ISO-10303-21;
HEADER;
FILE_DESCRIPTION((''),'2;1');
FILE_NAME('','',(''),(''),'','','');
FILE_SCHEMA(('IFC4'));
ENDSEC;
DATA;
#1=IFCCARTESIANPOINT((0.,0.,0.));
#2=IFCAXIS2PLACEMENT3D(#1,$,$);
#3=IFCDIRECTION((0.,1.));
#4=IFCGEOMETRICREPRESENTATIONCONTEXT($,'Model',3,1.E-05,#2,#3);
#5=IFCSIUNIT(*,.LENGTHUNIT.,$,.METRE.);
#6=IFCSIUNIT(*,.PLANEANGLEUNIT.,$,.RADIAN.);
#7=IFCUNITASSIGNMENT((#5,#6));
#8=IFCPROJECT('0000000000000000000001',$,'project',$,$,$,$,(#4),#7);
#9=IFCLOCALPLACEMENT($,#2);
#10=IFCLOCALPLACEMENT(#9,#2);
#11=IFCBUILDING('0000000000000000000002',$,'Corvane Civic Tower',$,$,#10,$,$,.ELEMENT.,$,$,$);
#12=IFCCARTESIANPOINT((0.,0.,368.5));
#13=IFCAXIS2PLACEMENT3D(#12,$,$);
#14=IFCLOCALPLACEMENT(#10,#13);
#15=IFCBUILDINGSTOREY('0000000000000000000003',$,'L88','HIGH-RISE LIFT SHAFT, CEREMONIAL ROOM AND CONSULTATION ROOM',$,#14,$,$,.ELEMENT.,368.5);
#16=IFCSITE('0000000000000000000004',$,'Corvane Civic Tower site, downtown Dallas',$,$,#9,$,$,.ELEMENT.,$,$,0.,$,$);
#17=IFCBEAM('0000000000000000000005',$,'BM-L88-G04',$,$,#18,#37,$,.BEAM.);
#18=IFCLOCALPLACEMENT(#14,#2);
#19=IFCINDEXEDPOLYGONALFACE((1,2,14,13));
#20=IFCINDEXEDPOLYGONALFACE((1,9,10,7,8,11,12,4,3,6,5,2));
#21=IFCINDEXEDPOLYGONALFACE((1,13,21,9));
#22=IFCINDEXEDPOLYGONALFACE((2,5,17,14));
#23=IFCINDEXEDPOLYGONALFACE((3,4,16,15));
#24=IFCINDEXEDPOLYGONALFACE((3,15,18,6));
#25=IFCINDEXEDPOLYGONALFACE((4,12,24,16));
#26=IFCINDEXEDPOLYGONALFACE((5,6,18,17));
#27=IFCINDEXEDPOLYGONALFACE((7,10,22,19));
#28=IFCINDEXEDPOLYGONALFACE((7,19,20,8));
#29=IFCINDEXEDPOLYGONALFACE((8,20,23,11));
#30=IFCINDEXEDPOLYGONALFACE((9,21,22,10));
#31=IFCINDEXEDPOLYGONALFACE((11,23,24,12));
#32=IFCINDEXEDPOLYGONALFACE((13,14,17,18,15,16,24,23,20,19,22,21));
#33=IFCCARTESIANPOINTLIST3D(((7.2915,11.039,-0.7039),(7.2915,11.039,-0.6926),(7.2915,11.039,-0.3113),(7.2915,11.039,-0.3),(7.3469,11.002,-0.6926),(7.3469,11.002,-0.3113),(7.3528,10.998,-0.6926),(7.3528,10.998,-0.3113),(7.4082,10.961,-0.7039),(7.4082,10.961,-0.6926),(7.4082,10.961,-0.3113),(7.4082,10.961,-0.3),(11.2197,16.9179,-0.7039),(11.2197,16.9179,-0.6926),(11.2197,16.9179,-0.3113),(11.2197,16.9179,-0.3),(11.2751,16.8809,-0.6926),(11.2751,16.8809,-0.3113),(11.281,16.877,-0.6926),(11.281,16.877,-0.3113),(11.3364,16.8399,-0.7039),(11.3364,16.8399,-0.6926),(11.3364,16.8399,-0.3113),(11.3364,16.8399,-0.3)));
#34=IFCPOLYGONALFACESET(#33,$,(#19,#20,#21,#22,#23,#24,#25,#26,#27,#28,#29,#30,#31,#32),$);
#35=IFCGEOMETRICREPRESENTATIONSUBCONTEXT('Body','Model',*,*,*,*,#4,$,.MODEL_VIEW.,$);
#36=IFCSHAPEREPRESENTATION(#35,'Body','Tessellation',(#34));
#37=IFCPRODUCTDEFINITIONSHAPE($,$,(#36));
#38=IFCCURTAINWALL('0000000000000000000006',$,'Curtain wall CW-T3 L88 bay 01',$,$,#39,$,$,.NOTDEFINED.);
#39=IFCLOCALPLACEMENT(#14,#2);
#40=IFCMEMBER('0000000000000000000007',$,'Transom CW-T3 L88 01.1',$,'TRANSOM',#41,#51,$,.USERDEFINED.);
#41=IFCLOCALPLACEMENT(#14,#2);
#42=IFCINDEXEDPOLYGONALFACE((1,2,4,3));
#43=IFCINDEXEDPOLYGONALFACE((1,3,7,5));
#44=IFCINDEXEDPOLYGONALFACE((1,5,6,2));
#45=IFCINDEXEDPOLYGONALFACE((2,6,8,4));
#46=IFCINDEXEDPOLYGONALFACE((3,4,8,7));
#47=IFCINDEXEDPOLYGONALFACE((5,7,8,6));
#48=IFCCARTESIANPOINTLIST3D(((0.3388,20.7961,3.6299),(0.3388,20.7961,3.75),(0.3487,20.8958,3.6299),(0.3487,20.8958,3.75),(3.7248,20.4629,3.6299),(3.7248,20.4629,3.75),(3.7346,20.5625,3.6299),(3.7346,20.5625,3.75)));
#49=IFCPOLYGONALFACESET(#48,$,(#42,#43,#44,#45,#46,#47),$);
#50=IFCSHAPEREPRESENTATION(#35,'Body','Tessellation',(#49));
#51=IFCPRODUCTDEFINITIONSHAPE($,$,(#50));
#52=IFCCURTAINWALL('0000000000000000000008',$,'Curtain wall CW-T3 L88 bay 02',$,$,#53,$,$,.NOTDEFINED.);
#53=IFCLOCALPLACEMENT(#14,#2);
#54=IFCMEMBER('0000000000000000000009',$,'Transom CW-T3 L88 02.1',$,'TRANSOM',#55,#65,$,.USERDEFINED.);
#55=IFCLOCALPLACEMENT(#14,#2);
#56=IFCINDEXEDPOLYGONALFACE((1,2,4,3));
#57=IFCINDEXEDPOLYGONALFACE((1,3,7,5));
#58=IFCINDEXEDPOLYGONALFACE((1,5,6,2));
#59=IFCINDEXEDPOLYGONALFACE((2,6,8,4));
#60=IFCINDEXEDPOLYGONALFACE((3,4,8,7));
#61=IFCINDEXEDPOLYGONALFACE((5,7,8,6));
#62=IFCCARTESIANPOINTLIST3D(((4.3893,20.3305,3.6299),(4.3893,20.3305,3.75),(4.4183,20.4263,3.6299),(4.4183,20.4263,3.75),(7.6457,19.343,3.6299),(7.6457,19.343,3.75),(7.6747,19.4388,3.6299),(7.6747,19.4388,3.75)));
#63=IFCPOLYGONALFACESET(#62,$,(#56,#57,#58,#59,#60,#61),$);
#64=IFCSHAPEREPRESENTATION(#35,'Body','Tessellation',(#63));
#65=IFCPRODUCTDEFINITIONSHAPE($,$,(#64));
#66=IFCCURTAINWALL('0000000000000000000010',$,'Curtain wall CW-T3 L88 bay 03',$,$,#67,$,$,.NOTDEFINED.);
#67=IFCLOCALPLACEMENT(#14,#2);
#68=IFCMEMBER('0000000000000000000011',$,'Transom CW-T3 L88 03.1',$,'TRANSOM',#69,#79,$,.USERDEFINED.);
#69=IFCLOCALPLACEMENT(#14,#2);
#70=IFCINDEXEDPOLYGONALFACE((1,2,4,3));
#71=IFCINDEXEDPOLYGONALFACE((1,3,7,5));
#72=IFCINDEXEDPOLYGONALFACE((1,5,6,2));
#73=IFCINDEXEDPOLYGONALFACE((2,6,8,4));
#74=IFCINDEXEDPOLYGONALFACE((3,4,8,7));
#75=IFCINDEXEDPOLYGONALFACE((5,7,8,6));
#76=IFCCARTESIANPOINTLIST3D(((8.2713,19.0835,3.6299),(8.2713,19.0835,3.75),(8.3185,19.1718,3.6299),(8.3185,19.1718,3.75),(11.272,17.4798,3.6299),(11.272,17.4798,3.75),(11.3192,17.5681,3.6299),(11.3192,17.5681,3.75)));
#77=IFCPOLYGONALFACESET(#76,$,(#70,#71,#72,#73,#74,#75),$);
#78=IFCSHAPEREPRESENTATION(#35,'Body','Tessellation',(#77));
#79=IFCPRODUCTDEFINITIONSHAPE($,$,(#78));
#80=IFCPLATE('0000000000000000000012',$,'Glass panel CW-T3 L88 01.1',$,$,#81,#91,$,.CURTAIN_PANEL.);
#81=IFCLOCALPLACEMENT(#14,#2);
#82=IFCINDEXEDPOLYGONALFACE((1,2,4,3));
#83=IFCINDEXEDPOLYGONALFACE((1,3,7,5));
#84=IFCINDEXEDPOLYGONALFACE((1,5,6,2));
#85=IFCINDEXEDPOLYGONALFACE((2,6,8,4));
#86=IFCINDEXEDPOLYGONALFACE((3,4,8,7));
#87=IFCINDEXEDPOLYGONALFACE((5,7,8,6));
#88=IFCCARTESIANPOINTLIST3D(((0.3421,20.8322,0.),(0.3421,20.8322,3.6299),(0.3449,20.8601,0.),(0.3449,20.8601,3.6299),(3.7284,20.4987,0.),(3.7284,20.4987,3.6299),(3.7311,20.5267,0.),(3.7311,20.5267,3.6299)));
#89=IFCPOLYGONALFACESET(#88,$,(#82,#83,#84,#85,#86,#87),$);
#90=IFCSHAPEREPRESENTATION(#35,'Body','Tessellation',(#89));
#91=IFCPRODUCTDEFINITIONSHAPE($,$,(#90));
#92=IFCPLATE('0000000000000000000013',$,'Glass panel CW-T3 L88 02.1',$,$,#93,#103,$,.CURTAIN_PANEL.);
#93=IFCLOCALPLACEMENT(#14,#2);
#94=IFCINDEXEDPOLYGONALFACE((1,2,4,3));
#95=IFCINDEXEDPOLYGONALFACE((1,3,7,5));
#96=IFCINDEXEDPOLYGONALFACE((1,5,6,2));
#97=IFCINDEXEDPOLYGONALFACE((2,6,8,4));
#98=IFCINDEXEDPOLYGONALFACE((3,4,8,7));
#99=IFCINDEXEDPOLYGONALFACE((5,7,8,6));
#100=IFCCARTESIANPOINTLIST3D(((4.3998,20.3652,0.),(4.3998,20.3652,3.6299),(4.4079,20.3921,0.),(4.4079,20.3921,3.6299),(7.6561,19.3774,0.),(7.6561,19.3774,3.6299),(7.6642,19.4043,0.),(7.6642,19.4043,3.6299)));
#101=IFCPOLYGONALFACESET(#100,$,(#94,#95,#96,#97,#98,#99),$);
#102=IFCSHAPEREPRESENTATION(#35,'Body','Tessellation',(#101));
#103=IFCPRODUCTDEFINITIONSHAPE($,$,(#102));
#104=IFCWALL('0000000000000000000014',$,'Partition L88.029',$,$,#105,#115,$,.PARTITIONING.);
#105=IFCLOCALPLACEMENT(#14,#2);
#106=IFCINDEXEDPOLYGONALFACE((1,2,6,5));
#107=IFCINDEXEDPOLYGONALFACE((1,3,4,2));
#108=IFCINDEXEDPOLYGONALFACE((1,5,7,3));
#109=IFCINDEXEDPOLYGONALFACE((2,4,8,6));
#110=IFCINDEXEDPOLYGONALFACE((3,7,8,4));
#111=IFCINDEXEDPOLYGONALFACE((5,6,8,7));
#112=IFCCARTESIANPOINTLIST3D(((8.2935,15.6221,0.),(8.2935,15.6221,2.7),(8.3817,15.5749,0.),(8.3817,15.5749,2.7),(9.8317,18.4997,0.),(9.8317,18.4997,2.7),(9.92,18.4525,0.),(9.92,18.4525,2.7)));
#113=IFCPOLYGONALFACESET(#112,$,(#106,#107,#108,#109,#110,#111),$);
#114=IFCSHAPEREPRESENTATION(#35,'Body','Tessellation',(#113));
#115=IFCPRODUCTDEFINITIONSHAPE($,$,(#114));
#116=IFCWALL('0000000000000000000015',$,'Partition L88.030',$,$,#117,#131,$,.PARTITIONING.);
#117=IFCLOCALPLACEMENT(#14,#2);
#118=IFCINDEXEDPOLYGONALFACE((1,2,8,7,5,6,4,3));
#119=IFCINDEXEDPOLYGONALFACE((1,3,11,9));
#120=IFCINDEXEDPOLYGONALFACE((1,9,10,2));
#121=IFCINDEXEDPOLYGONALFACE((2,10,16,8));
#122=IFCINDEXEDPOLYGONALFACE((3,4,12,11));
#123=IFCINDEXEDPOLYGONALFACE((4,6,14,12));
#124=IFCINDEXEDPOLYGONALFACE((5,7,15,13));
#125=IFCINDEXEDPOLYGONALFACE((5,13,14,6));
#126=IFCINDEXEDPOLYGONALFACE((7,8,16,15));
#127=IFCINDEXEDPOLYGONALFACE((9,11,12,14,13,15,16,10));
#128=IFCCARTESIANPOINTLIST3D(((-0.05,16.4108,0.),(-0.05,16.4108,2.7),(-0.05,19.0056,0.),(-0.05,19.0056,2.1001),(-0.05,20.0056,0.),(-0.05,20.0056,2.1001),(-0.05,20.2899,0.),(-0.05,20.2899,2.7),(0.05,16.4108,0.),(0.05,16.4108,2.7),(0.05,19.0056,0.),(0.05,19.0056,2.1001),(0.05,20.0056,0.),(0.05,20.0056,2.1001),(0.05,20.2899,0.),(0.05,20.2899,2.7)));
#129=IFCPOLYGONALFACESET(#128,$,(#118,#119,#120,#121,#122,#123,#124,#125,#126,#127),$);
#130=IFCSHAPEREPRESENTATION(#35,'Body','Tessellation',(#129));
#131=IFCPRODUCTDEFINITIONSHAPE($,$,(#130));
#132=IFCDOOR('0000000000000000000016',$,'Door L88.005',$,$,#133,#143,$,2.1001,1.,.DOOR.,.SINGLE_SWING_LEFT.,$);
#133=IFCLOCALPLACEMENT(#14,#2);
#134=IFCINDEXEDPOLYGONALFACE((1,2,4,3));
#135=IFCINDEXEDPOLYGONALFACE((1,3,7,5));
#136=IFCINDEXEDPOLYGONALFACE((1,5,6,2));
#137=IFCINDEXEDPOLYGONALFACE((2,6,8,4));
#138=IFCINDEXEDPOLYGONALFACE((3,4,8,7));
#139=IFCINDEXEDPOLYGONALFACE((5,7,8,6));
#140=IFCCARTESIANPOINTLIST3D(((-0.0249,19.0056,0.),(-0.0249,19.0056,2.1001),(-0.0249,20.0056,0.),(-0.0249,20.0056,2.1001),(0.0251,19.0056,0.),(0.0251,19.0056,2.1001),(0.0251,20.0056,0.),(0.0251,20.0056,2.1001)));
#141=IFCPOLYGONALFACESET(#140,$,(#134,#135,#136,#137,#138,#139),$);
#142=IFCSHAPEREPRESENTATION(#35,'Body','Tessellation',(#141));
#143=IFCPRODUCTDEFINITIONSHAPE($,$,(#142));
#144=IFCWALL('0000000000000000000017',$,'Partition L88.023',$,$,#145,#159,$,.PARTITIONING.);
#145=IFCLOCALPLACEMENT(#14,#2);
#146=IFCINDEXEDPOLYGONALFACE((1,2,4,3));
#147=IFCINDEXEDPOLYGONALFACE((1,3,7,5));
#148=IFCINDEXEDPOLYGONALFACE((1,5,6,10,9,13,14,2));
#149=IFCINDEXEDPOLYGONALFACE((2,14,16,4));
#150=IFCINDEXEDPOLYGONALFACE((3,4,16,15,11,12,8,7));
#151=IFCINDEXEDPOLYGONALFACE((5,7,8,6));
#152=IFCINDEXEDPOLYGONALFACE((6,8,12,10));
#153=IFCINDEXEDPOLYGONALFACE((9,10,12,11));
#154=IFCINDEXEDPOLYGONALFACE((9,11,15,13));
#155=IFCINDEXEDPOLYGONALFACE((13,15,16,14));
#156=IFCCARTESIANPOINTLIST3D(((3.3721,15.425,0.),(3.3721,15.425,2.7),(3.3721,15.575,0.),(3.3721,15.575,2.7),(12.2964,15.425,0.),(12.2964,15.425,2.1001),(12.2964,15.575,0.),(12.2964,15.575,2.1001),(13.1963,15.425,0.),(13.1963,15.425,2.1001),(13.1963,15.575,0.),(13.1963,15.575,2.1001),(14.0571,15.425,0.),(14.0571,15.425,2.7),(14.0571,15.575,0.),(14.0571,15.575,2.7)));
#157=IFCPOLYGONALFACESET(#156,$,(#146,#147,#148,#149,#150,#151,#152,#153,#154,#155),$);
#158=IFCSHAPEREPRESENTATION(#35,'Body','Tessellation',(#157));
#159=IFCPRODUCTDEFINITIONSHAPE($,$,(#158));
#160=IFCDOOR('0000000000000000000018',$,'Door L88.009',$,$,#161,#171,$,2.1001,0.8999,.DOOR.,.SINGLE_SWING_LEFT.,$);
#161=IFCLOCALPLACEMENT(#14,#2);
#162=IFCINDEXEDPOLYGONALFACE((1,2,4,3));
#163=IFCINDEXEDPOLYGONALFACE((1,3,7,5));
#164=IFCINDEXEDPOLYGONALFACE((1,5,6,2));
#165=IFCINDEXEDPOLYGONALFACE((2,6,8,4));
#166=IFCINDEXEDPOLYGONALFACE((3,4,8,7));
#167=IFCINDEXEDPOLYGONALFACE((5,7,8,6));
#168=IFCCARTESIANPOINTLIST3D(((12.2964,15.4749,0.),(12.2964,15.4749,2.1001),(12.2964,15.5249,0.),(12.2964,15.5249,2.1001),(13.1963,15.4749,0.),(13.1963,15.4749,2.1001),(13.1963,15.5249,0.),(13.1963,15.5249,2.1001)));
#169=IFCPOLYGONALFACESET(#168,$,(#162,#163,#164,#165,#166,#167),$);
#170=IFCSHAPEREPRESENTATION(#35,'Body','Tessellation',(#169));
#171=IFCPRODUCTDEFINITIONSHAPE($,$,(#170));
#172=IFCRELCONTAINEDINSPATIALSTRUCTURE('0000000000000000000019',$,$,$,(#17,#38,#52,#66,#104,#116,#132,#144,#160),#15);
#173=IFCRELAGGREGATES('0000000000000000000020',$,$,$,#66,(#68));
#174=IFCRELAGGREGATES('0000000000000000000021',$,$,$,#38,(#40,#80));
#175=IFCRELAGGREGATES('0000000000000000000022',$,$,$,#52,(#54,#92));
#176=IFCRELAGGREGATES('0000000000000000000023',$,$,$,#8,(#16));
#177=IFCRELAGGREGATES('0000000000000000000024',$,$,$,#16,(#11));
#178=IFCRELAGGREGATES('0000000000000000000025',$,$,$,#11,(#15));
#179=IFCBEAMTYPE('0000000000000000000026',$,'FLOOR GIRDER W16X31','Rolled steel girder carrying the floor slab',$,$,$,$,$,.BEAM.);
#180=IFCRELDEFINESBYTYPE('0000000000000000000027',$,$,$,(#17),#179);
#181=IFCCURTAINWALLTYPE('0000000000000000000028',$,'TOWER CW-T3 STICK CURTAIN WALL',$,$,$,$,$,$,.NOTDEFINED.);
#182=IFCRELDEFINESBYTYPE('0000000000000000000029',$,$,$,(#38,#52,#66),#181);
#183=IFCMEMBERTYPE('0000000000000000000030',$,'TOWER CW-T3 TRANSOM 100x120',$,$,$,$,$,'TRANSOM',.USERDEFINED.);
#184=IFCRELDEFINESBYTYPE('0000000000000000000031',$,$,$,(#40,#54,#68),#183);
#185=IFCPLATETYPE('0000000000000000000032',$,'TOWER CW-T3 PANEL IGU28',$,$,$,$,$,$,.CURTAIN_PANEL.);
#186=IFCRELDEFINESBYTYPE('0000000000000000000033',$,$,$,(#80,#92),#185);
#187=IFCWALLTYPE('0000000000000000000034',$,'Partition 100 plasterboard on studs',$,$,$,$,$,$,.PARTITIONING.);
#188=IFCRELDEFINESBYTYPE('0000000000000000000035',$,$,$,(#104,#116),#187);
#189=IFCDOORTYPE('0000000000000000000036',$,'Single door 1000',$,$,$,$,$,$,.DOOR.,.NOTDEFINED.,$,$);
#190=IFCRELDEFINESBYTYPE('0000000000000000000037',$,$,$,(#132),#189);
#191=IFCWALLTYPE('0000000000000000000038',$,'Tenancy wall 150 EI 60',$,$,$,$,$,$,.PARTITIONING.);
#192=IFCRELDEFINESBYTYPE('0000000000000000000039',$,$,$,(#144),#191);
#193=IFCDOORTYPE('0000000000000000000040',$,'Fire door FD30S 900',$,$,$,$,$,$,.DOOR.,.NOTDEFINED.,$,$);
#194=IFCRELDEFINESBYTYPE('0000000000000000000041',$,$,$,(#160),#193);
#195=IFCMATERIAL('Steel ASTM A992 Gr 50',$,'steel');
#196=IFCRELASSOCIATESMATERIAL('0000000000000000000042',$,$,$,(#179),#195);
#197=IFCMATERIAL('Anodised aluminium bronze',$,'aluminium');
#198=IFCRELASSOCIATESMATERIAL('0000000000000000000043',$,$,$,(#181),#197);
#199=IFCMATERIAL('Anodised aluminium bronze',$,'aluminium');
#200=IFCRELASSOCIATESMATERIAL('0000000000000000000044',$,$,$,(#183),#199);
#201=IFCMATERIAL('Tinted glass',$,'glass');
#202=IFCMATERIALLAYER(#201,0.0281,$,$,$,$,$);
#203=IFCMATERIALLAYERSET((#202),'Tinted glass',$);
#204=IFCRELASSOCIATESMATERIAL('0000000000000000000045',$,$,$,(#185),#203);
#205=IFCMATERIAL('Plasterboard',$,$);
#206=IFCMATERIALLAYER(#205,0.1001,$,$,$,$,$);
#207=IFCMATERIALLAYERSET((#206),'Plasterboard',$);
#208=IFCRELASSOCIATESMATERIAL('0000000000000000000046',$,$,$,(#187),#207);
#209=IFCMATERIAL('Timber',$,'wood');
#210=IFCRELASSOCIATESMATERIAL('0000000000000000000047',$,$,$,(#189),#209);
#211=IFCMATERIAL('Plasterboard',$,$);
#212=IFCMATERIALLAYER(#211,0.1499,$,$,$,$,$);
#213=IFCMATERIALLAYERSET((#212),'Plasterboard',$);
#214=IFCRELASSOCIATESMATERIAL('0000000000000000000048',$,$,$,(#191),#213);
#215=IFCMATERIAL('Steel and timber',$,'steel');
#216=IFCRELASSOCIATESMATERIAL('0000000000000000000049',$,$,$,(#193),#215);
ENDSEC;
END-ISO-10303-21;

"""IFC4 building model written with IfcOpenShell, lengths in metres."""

from ifc_helpers import new_model, si_unit, direction, frame, frame_2d, origin, origin_2d, place, context, subcontext, project, spatial, rectangle, i_section, extrude, material, layer, layer_set, material_profile, profile_set, type_object, element, fill, aggregate, save


model = new_model("IFC4")

# Units and contexts
model_context = context("Model", 3, precision=1e-05, world=origin(), true_north=direction((0.0, 1.0)))
body_context = subcontext(model_context, "Body", "Model", "MODEL_VIEW")
ifc_project = project(units=[si_unit("LENGTHUNIT", "METRE"), si_unit("PLANEANGLEUNIT", "RADIAN")], contexts=[model_context])

# Site, building, storey
site_placement = place(None, origin())
site = spatial("IfcSite", under=ifc_project, at=site_placement, Name="Corvane Civic Tower site, downtown Dallas", CompositionType="ELEMENT", RefElevation=0.0)
building_placement = place(site_placement, origin())
building = spatial("IfcBuilding", under=site, at=building_placement, Name="Corvane Civic Tower", CompositionType="ELEMENT")
storey_placement = place(building_placement, frame((0.0, 0.0, 368.5)))
storey = spatial("IfcBuildingStorey", under=building, at=storey_placement, Name="L88", Description="HIGH-RISE LIFT SHAFT, CEREMONIAL ROOM AND CONSULTATION ROOM", CompositionType="ELEMENT", Elevation=368.5)

# Beam
ifc_material_1 = material(Name="Steel ASTM A992 Gr 50", Category="steel")
ifc_material_profile_1 = material_profile(ifc_material_1, i_section(OverallWidth=0.1404, OverallDepth=0.4038, WebThickness=0.0071, FlangeThickness=0.0112, at=origin_2d()), Name="W16X31")
ifc_profile_set_1 = profile_set([ifc_material_profile_1], Name="Steel ASTM A992 Gr 50")
beam_type_1 = type_object("IfcBeamType", Name="FLOOR GIRDER W16X31", Description="Rolled steel girder carrying the floor slab", PredefinedType="BEAM", material=ifc_profile_set_1)
beam_1_placement = place(storey_placement, frame((7.3499, 11.0, -0.502), z_axis=(0.555576, 0.831465, 0.0), x_axis=(-0.831465, 0.555576, 0.0)))
element("IfcBeam", 1, at=beam_1_placement, inside=storey, type_object=beam_type_1, Name="BM-L88-G04", PredefinedType="BEAM", context=body_context, shape_type="SweptSolid", body=[
    extrude(i_section(OverallWidth=0.1404, OverallDepth=0.4038, WebThickness=0.0071, FlangeThickness=0.0112, at=origin_2d()), origin(), (0.0, 0.0, 1.0), 7.0706),
])

# Curtain walls, members
ifc_material_2 = material(Name="Anodised aluminium bronze", Category="aluminium")
curtain_wall_type = type_object("IfcCurtainWallType", Name="TOWER CW-T3 STICK CURTAIN WALL", PredefinedType="NOTDEFINED", material=ifc_material_2)
curtain_wall_1_placement = place(storey_placement, origin())
curtain_wall_1 = element("IfcCurtainWall", 2, at=curtain_wall_1_placement, inside=storey, type_object=curtain_wall_type, Name="Curtain wall CW-T3 L88 bay 01", PredefinedType="NOTDEFINED")
ifc_material_3 = material(Name="Anodised aluminium bronze", Category="aluminium")
ifc_material_profile_2 = material_profile(ifc_material_3, rectangle(XDim=0.1001, YDim=0.1201, at=origin_2d()), Name="TOWER CW-T3 TRANSOM 100x120")
ifc_profile_set_2 = profile_set([ifc_material_profile_2], Name="Anodised aluminium bronze")
member_type = type_object("IfcMemberType", Name="TOWER CW-T3 TRANSOM 100x120", ElementType="TRANSOM", PredefinedType="USERDEFINED", material=ifc_profile_set_2)
member_1_placement = place(storey_placement, frame((0.3438, 20.8459, 3.6899), z_axis=(0.995192, -0.097948, 0.0), x_axis=(0.097948, 0.995192, 0.0)))
member_1 = element("IfcMember", 3, at=member_1_placement, type_object=member_type, Name="Transom CW-T3 L88 01.1", ObjectType="TRANSOM", PredefinedType="USERDEFINED", context=body_context, shape_type="SweptSolid", body=[
    extrude(rectangle(XDim=0.1001, YDim=0.1201, at=origin_2d()), origin(), (0.0, 0.0, 1.0), 3.4023),
])
curtain_wall_2_placement = place(storey_placement, origin())
curtain_wall_2 = element("IfcCurtainWall", 4, at=curtain_wall_2_placement, inside=storey, type_object=curtain_wall_type, Name="Curtain wall CW-T3 L88 bay 02", PredefinedType="NOTDEFINED")
member_2_placement = place(storey_placement, frame((4.4038, 20.3784, 3.6899), z_axis=(0.956961, -0.290216, 0.0), x_axis=(0.290216, 0.956961, 0.0)))
member_2 = element("IfcMember", 5, at=member_2_placement, type_object=member_type, Name="Transom CW-T3 L88 02.1", ObjectType="TRANSOM", PredefinedType="USERDEFINED", context=body_context, shape_type="SweptSolid", body=[
    extrude(rectangle(XDim=0.1001, YDim=0.1201, at=origin_2d()), origin(), (0.0, 0.0, 1.0), 3.4028),
])
curtain_wall_3_placement = place(storey_placement, origin())
curtain_wall_3 = element("IfcCurtainWall", 6, at=curtain_wall_3_placement, inside=storey, type_object=curtain_wall_type, Name="Curtain wall CW-T3 L88 bay 03", PredefinedType="NOTDEFINED")
member_3_placement = place(storey_placement, frame((8.2949, 19.1277, 3.6899), z_axis=(0.881941, -0.471359, 0.0), x_axis=(0.471359, 0.881941, 0.0)))
member_3 = element("IfcMember", 7, at=member_3_placement, type_object=member_type, Name="Transom CW-T3 L88 03.1", ObjectType="TRANSOM", PredefinedType="USERDEFINED", context=body_context, shape_type="SweptSolid", body=[
    extrude(rectangle(XDim=0.1001, YDim=0.1201, at=origin_2d()), origin(), (0.0, 0.0, 1.0), 3.4023),
])
aggregate(curtain_wall_3, [member_3])

# Plates
ifc_material_4 = material(Name="Tinted glass", Category="glass")
ifc_layer_1 = layer(ifc_material_4, 0.0281)
ifc_layer_set_1 = layer_set([ifc_layer_1], Name="Tinted glass")
plate_type = type_object("IfcPlateType", Name="TOWER CW-T3 PANEL IGU28", PredefinedType="CURTAIN_PANEL", material=ifc_layer_set_1)
plate_1_placement = place(storey_placement, frame((2.0366, 20.6794, 0.0), z_axis=(0.0, 0.0, 1.0), x_axis=(0.995187, -0.097998, 0.0)))
plate_1 = element("IfcPlate", 8, at=plate_1_placement, type_object=plate_type, Name="Glass panel CW-T3 L88 01.1", PredefinedType="CURTAIN_PANEL", context=body_context, shape_type="SweptSolid", body=[
    extrude(rectangle(XDim=3.4026, YDim=0.0281, at=origin_2d()), origin(), (0.0, 0.0, 1.0), 3.6299),
])
aggregate(curtain_wall_1, [member_1, plate_1])
plate_2_placement = place(storey_placement, frame((6.032, 19.8848, 0.0), z_axis=(0.0, 0.0, 1.0), x_axis=(0.956939, -0.29029, 0.0)))
plate_2 = element("IfcPlate", 9, at=plate_2_placement, type_object=plate_type, Name="Glass panel CW-T3 L88 02.1", PredefinedType="CURTAIN_PANEL", context=body_context, shape_type="SweptSolid", body=[
    extrude(rectangle(XDim=3.4028, YDim=0.0281, at=origin_2d()), origin(), (0.0, 0.0, 1.0), 3.6299),
])
aggregate(curtain_wall_2, [member_2, plate_2])

# Wall
ifc_material_5 = material(Name="Plasterboard")
ifc_layer_2 = layer(ifc_material_5, 0.1001)
ifc_layer_set_2 = layer_set([ifc_layer_2], Name="Plasterboard")
wall_type_1 = type_object("IfcWallType", Name="Partition 100 plasterboard on studs", PredefinedType="PARTITIONING", material=ifc_layer_set_2)
wall_1_placement = place(storey_placement, frame((8.3376, 15.5986, 0.0), z_axis=(0.0, 0.0, 1.0), x_axis=(0.471438, 0.881899, 0.0)))
element("IfcWall", 10, at=wall_1_placement, inside=storey, type_object=wall_type_1, Name="Partition L88.029", PredefinedType="PARTITIONING", context=body_context, shape_type="SweptSolid", body=[
    extrude(rectangle(XDim=3.2629, YDim=0.1001, at=frame_2d((1.6313, 0.0))), origin(), (0.0, 0.0, 1.0), 2.7),
])

# Walls, openings, doors
wall_2_placement = place(storey_placement, frame((0.0, 16.4109, 0.0), z_axis=(0.0, 0.0, 1.0), x_axis=(0.0, 1.0, 0.0)))
wall_2 = element("IfcWall", 11, at=wall_2_placement, inside=storey, type_object=wall_type_1, Name="Partition L88.030", PredefinedType="PARTITIONING", context=body_context, shape_type="SweptSolid", body=[
    extrude(rectangle(XDim=3.8792, YDim=0.1001, at=frame_2d((1.9395, 0.0))), origin(), (0.0, 0.0, 1.0), 2.7),
])
opening_1_placement = place(wall_2_placement, frame((2.5947, 0.0, 0.0)))
opening_1 = element("IfcOpeningElement", 12, at=opening_1_placement, cuts=wall_2, PredefinedType="OPENING", context=body_context, shape_type="SweptSolid", body=[
    extrude(rectangle(XDim=1.0, YDim=2.1001, at=frame_2d((0.5, 1.05))), frame((0.0, 0.0601, 0.0), z_axis=(0.0, -1.0, 0.0), x_axis=(1.0, 0.0, 0.0)), (0.0, 0.0, 1.0), 0.1201),
])
ifc_material_6 = material(Name="Timber", Category="wood")
door_type_1 = type_object("IfcDoorType", Name="Single door 1000", OperationType="NOTDEFINED", PredefinedType="DOOR", material=ifc_material_6)
door_1_placement = place(opening_1_placement, origin())
door_1 = element("IfcDoor", 13, at=door_1_placement, inside=storey, type_object=door_type_1, Name="Door L88.005", OperationType="SINGLE_SWING_LEFT", OverallHeight=2.1001, OverallWidth=1.0, PredefinedType="DOOR", context=body_context, shape_type="SweptSolid", body=[
    extrude(rectangle(XDim=1.0, YDim=2.1001, at=frame_2d((0.5, 1.05))), frame((0.0, 0.0249, 0.0), z_axis=(0.0, -1.0, 0.0), x_axis=(1.0, 0.0, 0.0)), (0.0, 0.0, 1.0), 0.05),
])
fill(opening_1, door_1)
ifc_material_7 = material(Name="Plasterboard")
ifc_layer_3 = layer(ifc_material_7, 0.1499)
ifc_layer_set_3 = layer_set([ifc_layer_3], Name="Plasterboard")
wall_type_2 = type_object("IfcWallType", Name="Tenancy wall 150 EI 60", PredefinedType="PARTITIONING", material=ifc_layer_set_3)
wall_3_placement = place(storey_placement, frame((3.3721, 15.5, 0.0), z_axis=(0.0, 0.0, 1.0), x_axis=(1.0, 0.0, 0.0)))
wall_3 = element("IfcWall", 14, at=wall_3_placement, inside=storey, type_object=wall_type_2, Name="Partition L88.023", PredefinedType="PARTITIONING", context=body_context, shape_type="SweptSolid", body=[
    extrude(rectangle(XDim=10.6851, YDim=0.1499, at=frame_2d((5.3425, 0.0))), origin(), (0.0, 0.0, 1.0), 2.7),
])
opening_2_placement = place(wall_3_placement, frame((8.9243, 0.0, 0.0)))
opening_2 = element("IfcOpeningElement", 15, at=opening_2_placement, cuts=wall_3, PredefinedType="OPENING", context=body_context, shape_type="SweptSolid", body=[
    extrude(rectangle(XDim=0.8999, YDim=2.1001, at=frame_2d((0.45, 1.05))), frame((0.0, 0.085, 0.0), z_axis=(0.0, -1.0, 0.0), x_axis=(1.0, 0.0, 0.0)), (0.0, 0.0, 1.0), 0.1699),
])
ifc_material_8 = material(Name="Steel and timber", Category="steel")
door_type_2 = type_object("IfcDoorType", Name="Fire door FD30S 900", OperationType="NOTDEFINED", PredefinedType="DOOR", material=ifc_material_8)
door_2_placement = place(opening_2_placement, origin())
door_2 = element("IfcDoor", 16, at=door_2_placement, inside=storey, type_object=door_type_2, Name="Door L88.009", OperationType="SINGLE_SWING_LEFT", OverallHeight=2.1001, OverallWidth=0.8999, PredefinedType="DOOR", context=body_context, shape_type="SweptSolid", body=[
    extrude(rectangle(XDim=0.8999, YDim=2.1001, at=frame_2d((0.45, 1.05))), frame((0.0, 0.0249, 0.0), z_axis=(0.0, -1.0, 0.0), x_axis=(1.0, 0.0, 0.0)), (0.0, 0.0, 1.0), 0.05),
])
fill(opening_2, door_2)

save(model, "model.ifc")
